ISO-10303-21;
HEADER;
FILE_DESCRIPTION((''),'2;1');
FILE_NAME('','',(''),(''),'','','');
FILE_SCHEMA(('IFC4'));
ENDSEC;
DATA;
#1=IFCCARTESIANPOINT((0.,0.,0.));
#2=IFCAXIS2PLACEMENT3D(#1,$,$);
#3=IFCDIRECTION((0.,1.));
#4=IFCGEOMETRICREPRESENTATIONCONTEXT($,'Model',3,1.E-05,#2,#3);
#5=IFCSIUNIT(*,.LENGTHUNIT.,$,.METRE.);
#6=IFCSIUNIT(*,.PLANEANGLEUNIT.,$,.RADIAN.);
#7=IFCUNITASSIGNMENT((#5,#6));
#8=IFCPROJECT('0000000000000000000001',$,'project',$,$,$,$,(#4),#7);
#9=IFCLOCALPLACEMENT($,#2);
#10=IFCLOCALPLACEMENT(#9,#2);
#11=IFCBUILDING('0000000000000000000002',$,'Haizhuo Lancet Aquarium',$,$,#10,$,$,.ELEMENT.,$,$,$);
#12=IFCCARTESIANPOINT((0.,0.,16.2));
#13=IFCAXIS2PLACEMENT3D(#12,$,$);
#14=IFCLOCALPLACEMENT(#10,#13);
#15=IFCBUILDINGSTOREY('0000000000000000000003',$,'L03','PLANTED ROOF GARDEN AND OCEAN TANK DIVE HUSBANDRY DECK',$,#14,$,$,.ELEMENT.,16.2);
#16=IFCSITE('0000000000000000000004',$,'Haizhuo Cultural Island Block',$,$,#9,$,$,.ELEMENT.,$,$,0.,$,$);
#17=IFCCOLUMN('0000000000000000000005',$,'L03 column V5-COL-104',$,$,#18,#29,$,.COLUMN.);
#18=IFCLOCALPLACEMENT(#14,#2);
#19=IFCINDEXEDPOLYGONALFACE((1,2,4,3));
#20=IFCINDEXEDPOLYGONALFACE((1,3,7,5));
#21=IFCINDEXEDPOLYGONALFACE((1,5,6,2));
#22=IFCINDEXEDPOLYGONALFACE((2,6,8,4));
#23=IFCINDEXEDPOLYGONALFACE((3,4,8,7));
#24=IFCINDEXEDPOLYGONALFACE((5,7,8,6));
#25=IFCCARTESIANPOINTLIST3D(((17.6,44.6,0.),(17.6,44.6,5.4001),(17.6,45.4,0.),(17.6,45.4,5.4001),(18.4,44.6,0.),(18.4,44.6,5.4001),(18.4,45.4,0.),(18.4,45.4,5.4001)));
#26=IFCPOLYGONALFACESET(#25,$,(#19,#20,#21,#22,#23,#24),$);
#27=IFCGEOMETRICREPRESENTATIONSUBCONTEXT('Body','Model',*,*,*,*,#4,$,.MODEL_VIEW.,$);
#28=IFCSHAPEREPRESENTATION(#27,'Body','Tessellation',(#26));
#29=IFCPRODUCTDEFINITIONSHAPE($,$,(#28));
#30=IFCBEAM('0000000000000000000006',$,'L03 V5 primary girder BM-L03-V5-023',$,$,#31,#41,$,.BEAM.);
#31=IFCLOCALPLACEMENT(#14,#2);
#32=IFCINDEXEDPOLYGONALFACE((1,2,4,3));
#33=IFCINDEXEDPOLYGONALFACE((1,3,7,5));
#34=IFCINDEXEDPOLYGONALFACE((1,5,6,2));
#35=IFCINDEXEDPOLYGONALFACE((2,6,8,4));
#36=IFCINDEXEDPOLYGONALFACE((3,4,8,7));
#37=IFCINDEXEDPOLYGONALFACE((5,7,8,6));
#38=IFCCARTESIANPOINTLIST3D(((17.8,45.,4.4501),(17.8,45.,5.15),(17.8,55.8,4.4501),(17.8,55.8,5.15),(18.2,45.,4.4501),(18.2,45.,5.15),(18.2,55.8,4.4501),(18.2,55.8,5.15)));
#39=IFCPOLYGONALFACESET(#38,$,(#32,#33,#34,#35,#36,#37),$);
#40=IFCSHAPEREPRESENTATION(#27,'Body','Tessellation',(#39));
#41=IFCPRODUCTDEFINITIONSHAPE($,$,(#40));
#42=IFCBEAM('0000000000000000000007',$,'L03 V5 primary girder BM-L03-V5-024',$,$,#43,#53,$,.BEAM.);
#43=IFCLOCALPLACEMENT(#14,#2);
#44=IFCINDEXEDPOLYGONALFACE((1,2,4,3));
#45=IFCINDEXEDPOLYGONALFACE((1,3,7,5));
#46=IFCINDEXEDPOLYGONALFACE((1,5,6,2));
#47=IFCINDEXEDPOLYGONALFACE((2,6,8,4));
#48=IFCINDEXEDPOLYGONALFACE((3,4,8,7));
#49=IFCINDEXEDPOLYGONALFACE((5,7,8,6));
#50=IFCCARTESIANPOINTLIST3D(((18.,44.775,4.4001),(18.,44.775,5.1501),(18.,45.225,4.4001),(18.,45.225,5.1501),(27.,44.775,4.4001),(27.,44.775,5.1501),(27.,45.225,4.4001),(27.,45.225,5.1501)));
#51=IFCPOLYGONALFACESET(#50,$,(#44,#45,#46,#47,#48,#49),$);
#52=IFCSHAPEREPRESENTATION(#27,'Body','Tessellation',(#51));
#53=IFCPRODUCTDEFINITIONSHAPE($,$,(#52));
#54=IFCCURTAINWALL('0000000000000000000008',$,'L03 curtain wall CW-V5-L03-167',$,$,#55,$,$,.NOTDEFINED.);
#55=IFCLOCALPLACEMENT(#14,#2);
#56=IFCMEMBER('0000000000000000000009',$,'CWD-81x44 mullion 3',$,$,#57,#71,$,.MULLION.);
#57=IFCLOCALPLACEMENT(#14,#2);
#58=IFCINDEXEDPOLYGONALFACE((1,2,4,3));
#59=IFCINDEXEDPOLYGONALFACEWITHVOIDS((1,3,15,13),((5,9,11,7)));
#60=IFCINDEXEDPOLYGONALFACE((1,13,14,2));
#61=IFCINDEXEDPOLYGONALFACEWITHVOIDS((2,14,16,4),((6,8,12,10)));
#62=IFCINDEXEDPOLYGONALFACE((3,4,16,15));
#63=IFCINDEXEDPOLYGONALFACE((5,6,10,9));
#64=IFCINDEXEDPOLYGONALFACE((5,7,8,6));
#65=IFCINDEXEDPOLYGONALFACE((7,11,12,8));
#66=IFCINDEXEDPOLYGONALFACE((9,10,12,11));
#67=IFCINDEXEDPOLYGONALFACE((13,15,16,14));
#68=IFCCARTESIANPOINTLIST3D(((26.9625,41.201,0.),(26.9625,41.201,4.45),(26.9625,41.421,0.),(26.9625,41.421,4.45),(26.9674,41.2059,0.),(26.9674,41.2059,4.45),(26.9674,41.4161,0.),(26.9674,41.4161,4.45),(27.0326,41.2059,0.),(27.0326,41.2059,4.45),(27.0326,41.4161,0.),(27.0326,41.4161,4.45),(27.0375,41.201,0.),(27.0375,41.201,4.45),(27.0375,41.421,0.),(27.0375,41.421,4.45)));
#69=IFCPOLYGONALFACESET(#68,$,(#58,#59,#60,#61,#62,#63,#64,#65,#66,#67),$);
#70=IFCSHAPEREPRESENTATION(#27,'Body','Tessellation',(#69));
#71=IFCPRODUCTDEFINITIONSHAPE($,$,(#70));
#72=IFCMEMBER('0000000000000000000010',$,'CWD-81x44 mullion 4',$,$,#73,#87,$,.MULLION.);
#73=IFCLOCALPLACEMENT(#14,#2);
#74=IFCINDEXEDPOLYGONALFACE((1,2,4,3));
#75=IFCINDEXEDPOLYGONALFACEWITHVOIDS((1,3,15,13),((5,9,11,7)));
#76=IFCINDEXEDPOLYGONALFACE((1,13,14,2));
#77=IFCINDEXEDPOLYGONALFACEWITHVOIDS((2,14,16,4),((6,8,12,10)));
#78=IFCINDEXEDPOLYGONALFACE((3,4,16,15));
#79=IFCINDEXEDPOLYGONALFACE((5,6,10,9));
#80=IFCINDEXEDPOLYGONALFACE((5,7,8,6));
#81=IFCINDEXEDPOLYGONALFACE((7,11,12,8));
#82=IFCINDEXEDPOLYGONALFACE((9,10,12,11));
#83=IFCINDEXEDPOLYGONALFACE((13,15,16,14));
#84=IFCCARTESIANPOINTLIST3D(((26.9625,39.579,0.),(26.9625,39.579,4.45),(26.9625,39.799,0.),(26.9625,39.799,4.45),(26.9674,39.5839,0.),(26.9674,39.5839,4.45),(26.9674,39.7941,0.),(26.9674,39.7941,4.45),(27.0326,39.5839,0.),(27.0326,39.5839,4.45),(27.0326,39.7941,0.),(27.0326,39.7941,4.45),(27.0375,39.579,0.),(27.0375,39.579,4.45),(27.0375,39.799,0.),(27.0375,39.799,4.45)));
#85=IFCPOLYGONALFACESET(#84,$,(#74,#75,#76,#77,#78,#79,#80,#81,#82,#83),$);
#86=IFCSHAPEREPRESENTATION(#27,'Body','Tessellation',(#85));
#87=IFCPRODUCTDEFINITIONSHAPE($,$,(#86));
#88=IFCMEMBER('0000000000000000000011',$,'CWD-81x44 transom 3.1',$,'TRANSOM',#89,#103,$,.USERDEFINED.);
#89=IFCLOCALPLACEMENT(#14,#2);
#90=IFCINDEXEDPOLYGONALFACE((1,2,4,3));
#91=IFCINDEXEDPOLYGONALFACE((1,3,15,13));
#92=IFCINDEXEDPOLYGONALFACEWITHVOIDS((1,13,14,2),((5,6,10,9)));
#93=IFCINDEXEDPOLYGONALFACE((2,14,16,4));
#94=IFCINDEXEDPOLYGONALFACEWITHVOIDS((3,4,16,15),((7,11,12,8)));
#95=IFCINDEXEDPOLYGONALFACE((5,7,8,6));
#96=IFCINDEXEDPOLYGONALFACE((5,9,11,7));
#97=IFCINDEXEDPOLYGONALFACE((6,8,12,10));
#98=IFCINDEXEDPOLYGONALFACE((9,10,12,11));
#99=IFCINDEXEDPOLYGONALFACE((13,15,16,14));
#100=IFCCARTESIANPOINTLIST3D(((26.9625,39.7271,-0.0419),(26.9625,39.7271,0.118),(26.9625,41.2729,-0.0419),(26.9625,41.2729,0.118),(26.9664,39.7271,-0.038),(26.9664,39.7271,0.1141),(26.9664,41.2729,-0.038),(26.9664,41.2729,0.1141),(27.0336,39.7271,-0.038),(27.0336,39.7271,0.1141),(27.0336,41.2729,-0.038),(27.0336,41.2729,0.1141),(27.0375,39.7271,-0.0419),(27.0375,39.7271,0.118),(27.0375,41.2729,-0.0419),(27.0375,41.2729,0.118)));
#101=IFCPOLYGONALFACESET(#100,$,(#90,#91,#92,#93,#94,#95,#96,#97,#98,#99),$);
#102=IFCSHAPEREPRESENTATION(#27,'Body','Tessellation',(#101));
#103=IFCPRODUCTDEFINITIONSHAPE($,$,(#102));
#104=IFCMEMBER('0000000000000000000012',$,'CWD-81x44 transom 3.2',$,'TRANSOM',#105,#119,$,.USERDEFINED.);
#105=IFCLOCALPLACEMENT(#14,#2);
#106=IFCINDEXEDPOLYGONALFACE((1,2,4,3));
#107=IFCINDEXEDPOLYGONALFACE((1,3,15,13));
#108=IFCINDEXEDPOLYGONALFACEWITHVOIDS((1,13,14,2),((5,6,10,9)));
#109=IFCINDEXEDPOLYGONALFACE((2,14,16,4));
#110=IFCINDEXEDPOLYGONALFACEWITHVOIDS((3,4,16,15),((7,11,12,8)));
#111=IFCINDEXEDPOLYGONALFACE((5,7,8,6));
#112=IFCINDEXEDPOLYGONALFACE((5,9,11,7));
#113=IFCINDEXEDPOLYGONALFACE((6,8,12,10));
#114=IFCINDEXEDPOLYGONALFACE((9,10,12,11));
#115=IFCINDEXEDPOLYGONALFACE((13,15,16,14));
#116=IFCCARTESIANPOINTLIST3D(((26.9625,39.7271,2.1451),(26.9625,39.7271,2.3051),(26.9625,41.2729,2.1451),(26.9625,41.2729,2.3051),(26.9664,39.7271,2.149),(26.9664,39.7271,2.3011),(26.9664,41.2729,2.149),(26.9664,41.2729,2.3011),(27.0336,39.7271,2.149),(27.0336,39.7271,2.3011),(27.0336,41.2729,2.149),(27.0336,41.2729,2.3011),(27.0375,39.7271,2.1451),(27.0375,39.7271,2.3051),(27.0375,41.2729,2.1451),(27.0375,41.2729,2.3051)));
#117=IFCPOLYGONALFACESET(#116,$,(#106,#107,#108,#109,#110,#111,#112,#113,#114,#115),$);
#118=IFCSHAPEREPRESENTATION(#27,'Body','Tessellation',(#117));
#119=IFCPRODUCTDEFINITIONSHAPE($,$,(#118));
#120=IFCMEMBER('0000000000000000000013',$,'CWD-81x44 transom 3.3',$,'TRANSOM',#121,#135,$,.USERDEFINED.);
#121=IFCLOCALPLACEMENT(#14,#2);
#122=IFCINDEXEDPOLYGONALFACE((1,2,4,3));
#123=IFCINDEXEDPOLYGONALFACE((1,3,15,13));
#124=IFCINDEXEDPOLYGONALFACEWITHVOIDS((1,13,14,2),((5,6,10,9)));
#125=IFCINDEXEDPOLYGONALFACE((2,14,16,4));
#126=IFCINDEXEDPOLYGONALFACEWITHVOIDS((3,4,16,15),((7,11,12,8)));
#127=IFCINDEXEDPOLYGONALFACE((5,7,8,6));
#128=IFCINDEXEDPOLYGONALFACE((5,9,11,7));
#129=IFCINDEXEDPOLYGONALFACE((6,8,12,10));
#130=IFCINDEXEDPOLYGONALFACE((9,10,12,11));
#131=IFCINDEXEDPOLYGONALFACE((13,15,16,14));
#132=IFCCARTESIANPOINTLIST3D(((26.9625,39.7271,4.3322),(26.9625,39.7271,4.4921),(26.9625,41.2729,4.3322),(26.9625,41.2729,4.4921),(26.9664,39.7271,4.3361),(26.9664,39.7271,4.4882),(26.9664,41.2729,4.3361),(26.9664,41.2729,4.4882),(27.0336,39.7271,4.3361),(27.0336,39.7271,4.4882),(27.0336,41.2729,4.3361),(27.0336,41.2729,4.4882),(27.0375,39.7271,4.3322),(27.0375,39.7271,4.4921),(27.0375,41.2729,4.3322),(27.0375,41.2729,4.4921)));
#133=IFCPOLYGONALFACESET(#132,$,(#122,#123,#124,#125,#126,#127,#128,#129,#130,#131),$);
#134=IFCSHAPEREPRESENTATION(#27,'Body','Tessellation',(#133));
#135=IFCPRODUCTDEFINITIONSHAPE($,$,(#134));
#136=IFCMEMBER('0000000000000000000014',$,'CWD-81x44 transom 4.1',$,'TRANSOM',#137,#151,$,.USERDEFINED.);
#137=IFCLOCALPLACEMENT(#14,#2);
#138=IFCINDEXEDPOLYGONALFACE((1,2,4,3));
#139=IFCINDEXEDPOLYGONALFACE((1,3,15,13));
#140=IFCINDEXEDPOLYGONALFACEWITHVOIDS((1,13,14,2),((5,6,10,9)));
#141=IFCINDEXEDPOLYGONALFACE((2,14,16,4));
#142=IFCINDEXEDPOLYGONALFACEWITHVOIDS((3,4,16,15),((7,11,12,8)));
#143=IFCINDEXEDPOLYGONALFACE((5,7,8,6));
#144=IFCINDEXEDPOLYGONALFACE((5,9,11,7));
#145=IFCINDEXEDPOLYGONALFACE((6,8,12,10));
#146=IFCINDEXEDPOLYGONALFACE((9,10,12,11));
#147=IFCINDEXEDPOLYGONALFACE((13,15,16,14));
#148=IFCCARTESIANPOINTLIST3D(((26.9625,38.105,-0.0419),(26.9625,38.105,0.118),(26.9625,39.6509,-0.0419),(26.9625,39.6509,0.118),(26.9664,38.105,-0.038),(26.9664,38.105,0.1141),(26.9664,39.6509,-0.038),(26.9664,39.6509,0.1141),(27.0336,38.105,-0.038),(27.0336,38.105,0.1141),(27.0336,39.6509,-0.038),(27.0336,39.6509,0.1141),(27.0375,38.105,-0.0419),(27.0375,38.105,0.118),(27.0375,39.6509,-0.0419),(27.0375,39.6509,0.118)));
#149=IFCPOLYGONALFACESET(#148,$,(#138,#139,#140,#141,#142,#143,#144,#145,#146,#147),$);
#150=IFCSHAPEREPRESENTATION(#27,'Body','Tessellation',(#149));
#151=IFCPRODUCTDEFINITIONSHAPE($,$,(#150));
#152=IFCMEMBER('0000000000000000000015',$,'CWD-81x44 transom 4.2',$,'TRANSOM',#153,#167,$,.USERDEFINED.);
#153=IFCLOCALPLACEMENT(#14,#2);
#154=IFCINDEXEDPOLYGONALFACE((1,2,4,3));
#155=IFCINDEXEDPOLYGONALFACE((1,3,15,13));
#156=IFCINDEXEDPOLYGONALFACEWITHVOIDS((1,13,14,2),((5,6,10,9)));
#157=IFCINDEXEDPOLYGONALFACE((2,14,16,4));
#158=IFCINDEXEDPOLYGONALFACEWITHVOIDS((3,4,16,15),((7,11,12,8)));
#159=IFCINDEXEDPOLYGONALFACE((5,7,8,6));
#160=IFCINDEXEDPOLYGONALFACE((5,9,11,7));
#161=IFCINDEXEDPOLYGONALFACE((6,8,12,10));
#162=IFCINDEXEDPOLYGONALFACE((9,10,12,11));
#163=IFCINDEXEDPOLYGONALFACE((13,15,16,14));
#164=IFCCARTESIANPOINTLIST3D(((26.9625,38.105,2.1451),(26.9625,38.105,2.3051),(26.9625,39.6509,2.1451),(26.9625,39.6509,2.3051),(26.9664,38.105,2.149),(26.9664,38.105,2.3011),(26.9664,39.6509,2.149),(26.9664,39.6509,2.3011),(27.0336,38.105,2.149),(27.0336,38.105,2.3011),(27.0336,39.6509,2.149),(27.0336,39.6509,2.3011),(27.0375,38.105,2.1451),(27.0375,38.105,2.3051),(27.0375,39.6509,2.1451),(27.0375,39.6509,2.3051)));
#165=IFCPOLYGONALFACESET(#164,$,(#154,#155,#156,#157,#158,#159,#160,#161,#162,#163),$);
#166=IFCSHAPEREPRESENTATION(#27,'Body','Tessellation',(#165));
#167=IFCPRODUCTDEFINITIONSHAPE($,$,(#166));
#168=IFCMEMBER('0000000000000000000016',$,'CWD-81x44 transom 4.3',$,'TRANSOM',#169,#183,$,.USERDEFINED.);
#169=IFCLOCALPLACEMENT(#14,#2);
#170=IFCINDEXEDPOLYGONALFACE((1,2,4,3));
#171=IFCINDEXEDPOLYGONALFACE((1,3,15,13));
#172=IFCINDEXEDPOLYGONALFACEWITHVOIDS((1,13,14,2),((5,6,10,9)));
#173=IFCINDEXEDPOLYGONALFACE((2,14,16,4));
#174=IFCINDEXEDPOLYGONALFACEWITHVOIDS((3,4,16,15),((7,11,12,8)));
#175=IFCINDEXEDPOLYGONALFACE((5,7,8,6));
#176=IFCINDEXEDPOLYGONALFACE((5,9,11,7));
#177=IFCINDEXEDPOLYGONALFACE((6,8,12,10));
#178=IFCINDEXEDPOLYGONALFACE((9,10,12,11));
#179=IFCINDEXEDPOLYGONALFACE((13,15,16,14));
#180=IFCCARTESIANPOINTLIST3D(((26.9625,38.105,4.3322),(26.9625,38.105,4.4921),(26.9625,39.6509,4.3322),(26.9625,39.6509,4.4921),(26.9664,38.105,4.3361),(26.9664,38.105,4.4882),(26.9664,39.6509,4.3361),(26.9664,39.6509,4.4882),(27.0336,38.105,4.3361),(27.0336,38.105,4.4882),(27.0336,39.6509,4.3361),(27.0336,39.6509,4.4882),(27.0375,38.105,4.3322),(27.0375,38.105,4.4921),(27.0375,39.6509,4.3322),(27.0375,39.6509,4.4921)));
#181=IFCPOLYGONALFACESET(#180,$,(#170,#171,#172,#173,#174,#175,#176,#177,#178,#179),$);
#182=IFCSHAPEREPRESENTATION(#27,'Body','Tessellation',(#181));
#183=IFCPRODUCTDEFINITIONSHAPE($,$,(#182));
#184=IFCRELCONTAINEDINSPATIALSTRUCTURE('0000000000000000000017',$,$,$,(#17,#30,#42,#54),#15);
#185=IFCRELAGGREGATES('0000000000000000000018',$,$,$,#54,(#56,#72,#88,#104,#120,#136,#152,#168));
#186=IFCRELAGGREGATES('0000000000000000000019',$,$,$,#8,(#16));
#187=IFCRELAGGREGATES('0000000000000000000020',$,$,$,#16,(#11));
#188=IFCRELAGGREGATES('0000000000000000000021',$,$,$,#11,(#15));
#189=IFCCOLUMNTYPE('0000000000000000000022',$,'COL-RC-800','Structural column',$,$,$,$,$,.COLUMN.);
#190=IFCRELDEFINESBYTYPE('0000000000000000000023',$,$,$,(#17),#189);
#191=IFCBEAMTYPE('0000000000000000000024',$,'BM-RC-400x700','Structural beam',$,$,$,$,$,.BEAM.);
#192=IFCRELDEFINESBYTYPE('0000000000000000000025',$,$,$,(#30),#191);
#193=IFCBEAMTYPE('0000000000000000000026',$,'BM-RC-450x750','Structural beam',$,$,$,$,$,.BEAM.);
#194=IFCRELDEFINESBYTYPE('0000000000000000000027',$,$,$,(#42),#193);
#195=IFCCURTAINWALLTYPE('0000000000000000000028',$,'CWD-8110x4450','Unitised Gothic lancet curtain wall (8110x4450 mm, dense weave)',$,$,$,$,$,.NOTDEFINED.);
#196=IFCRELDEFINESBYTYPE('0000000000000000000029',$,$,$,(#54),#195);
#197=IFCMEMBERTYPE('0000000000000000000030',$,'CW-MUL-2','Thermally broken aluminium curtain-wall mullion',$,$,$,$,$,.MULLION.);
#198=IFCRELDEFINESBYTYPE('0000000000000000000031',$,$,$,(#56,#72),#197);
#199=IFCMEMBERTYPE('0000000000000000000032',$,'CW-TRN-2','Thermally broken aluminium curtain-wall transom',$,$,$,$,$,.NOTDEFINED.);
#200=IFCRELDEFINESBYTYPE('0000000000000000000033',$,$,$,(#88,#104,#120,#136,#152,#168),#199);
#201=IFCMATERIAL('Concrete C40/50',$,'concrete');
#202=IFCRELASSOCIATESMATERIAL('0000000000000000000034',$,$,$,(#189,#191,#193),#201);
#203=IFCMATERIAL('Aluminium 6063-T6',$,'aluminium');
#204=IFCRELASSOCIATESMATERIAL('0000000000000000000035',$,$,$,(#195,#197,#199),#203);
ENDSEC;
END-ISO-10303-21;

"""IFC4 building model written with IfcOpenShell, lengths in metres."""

from ifc_helpers import new_model, si_unit, direction, frame, origin, origin_2d, place, context, subcontext, project, spatial, rectangle, hollow_rectangle, extrude, material, material_profile, profile_set, type_object, element, aggregate, save


model = new_model("IFC4")

# Units and contexts
model_context = context("Model", 3, precision=1e-05, world=origin(), true_north=direction((0.0, 1.0)))
body_context = subcontext(model_context, "Body", "Model", "MODEL_VIEW")
ifc_project = project(units=[si_unit("LENGTHUNIT", "METRE"), si_unit("PLANEANGLEUNIT", "RADIAN")], contexts=[model_context])

# Site, building, storey
site_placement = place(None, origin())
site = spatial("IfcSite", under=ifc_project, at=site_placement, Name="Haizhuo Cultural Island Block", CompositionType="ELEMENT", RefElevation=0.0)
building_placement = place(site_placement, origin())
building = spatial("IfcBuilding", under=site, at=building_placement, Name="Haizhuo Lancet Aquarium", CompositionType="ELEMENT")
storey_placement = place(building_placement, frame((0.0, 0.0, 16.2)))
storey = spatial("IfcBuildingStorey", under=building, at=storey_placement, Name="L03", Description="PLANTED ROOF GARDEN AND OCEAN TANK DIVE HUSBANDRY DECK", CompositionType="ELEMENT", Elevation=16.2)

# Column
ifc_material_1 = material(Name="Concrete C40/50", Category="concrete")
ifc_material_profile_1 = material_profile(ifc_material_1, rectangle(XDim=0.8, YDim=0.8, at=origin_2d()), Name="RC-COL 800x800")
ifc_profile_set_1 = profile_set([ifc_material_profile_1], Name="Concrete C40/50")
column_type = type_object("IfcColumnType", Name="COL-RC-800", Description="Structural column", PredefinedType="COLUMN", material=ifc_profile_set_1)
column_placement = place(storey_placement, frame((18.0, 45.0, 0.0), z_axis=(0.0, 0.0, 1.0), x_axis=(1.0, 0.0, 0.0)))
element("IfcColumn", 1, at=column_placement, inside=storey, type_object=column_type, Name="L03 column V5-COL-104", PredefinedType="COLUMN", context=body_context, shape_type="SweptSolid", body=[
    extrude(rectangle(XDim=0.8, YDim=0.8, at=origin_2d()), origin(), (0.0, 0.0, 1.0), 5.4001),
])

# Beams
ifc_material_profile_2 = material_profile(ifc_material_1, rectangle(XDim=0.3999, YDim=0.7, at=origin_2d()), Name="RC-BM 400x700")
ifc_profile_set_2 = profile_set([ifc_material_profile_2], Name="Concrete C40/50")
beam_type_1 = type_object("IfcBeamType", Name="BM-RC-400x700", Description="Structural beam", PredefinedType="BEAM", material=ifc_profile_set_2)
beam_1_placement = place(storey_placement, frame((18.0, 45.0, 4.8), z_axis=(0.0, 1.0, 0.0), x_axis=(-1.0, 0.0, 0.0)))
element("IfcBeam", 2, at=beam_1_placement, inside=storey, type_object=beam_type_1, Name="L03 V5 primary girder BM-L03-V5-023", PredefinedType="BEAM", context=body_context, shape_type="SweptSolid", body=[
    extrude(rectangle(XDim=0.3999, YDim=0.7, at=origin_2d()), origin(), (0.0, 0.0, 1.0), 10.8),
])
ifc_material_profile_3 = material_profile(ifc_material_1, rectangle(XDim=0.45, YDim=0.75, at=origin_2d()), Name="RC-BM 450x750")
ifc_profile_set_3 = profile_set([ifc_material_profile_3], Name="Concrete C40/50")
beam_type_2 = type_object("IfcBeamType", Name="BM-RC-450x750", Description="Structural beam", PredefinedType="BEAM", material=ifc_profile_set_3)
beam_2_placement = place(storey_placement, frame((18.0, 45.0, 4.7751), z_axis=(1.0, 0.0, 0.0), x_axis=(0.0, 1.0, 0.0)))
element("IfcBeam", 3, at=beam_2_placement, inside=storey, type_object=beam_type_2, Name="L03 V5 primary girder BM-L03-V5-024", PredefinedType="BEAM", context=body_context, shape_type="SweptSolid", body=[
    extrude(rectangle(XDim=0.45, YDim=0.75, at=origin_2d()), origin(), (0.0, 0.0, 1.0), 9.0),
])

# Curtain wall, members
ifc_material_2 = material(Name="Aluminium 6063-T6", Category="aluminium")
curtain_wall_type = type_object("IfcCurtainWallType", Name="CWD-8110x4450", Description="Unitised Gothic lancet curtain wall (8110x4450 mm, dense weave)", PredefinedType="NOTDEFINED", material=ifc_material_2)
curtain_wall_placement = place(storey_placement, origin())
curtain_wall = element("IfcCurtainWall", 4, at=curtain_wall_placement, inside=storey, type_object=curtain_wall_type, Name="L03 curtain wall CW-V5-L03-167", PredefinedType="NOTDEFINED")
ifc_material_profile_4 = material_profile(ifc_material_2, hollow_rectangle(XDim=0.075, YDim=0.22, WallThickness=0.0049, at=origin_2d()), Name="ALU-M 75x220x5")
ifc_profile_set_4 = profile_set([ifc_material_profile_4], Name="Aluminium 6063-T6")
member_type_1 = type_object("IfcMemberType", Name="CW-MUL-2", Description="Thermally broken aluminium curtain-wall mullion", PredefinedType="MULLION", material=ifc_profile_set_4)
member_1_placement = place(storey_placement, frame((27.0, 41.311, 0.0), z_axis=(0.0, 0.0, 1.0), x_axis=(1.0, 0.0, 0.0)))
member_1 = element("IfcMember", 5, at=member_1_placement, type_object=member_type_1, Name="CWD-81x44 mullion 3", PredefinedType="MULLION", context=body_context, shape_type="SweptSolid", body=[
    extrude(hollow_rectangle(XDim=0.075, YDim=0.22, WallThickness=0.0049, at=origin_2d()), origin(), (0.0, 0.0, 1.0), 4.45),
])
member_2_placement = place(storey_placement, frame((27.0, 39.689, 0.0), z_axis=(0.0, 0.0, 1.0), x_axis=(1.0, 0.0, 0.0)))
member_2 = element("IfcMember", 6, at=member_2_placement, type_object=member_type_1, Name="CWD-81x44 mullion 4", PredefinedType="MULLION", context=body_context, shape_type="SweptSolid", body=[
    extrude(hollow_rectangle(XDim=0.075, YDim=0.22, WallThickness=0.0049, at=origin_2d()), origin(), (0.0, 0.0, 1.0), 4.45),
])
ifc_material_profile_5 = material_profile(ifc_material_2, hollow_rectangle(XDim=0.075, YDim=0.1599, WallThickness=0.0039, at=origin_2d()), Name="ALU-T 75x160x4")
ifc_profile_set_5 = profile_set([ifc_material_profile_5], Name="Aluminium 6063-T6")
member_type_2 = type_object("IfcMemberType", Name="CW-TRN-2", Description="Thermally broken aluminium curtain-wall transom", PredefinedType="NOTDEFINED", material=ifc_profile_set_5)
member_3_placement = place(storey_placement, frame((27.0, 41.2729, 0.0381), z_axis=(0.0, -1.0, 0.0), x_axis=(1.0, 0.0, 0.0)))
member_3 = element("IfcMember", 7, at=member_3_placement, type_object=member_type_2, Name="CWD-81x44 transom 3.1", ObjectType="TRANSOM", PredefinedType="USERDEFINED", context=body_context, shape_type="SweptSolid", body=[
    extrude(hollow_rectangle(XDim=0.075, YDim=0.1599, WallThickness=0.0039, at=origin_2d()), origin(), (0.0, 0.0, 1.0), 1.5459),
])
member_4_placement = place(storey_placement, frame((27.0, 41.2729, 2.2251), z_axis=(0.0, -1.0, 0.0), x_axis=(1.0, 0.0, 0.0)))
member_4 = element("IfcMember", 8, at=member_4_placement, type_object=member_type_2, Name="CWD-81x44 transom 3.2", ObjectType="TRANSOM", PredefinedType="USERDEFINED", context=body_context, shape_type="SweptSolid", body=[
    extrude(hollow_rectangle(XDim=0.075, YDim=0.1599, WallThickness=0.0039, at=origin_2d()), origin(), (0.0, 0.0, 1.0), 1.5459),
])
member_5_placement = place(storey_placement, frame((27.0, 41.2729, 4.4121), z_axis=(0.0, -1.0, 0.0), x_axis=(1.0, 0.0, 0.0)))
member_5 = element("IfcMember", 9, at=member_5_placement, type_object=member_type_2, Name="CWD-81x44 transom 3.3", ObjectType="TRANSOM", PredefinedType="USERDEFINED", context=body_context, shape_type="SweptSolid", body=[
    extrude(hollow_rectangle(XDim=0.075, YDim=0.1599, WallThickness=0.0039, at=origin_2d()), origin(), (0.0, 0.0, 1.0), 1.5459),
])
member_6_placement = place(storey_placement, frame((27.0, 39.6509, 0.0381), z_axis=(0.0, -1.0, 0.0), x_axis=(1.0, 0.0, 0.0)))
member_6 = element("IfcMember", 10, at=member_6_placement, type_object=member_type_2, Name="CWD-81x44 transom 4.1", ObjectType="TRANSOM", PredefinedType="USERDEFINED", context=body_context, shape_type="SweptSolid", body=[
    extrude(hollow_rectangle(XDim=0.075, YDim=0.1599, WallThickness=0.0039, at=origin_2d()), origin(), (0.0, 0.0, 1.0), 1.5459),
])
member_7_placement = place(storey_placement, frame((27.0, 39.6509, 2.2251), z_axis=(0.0, -1.0, 0.0), x_axis=(1.0, 0.0, 0.0)))
member_7 = element("IfcMember", 11, at=member_7_placement, type_object=member_type_2, Name="CWD-81x44 transom 4.2", ObjectType="TRANSOM", PredefinedType="USERDEFINED", context=body_context, shape_type="SweptSolid", body=[
    extrude(hollow_rectangle(XDim=0.075, YDim=0.1599, WallThickness=0.0039, at=origin_2d()), origin(), (0.0, 0.0, 1.0), 1.5459),
])
member_8_placement = place(storey_placement, frame((27.0, 39.6509, 4.4121), z_axis=(0.0, -1.0, 0.0), x_axis=(1.0, 0.0, 0.0)))
member_8 = element("IfcMember", 12, at=member_8_placement, type_object=member_type_2, Name="CWD-81x44 transom 4.3", ObjectType="TRANSOM", PredefinedType="USERDEFINED", context=body_context, shape_type="SweptSolid", body=[
    extrude(hollow_rectangle(XDim=0.075, YDim=0.1599, WallThickness=0.0039, at=origin_2d()), origin(), (0.0, 0.0, 1.0), 1.5459),
])

aggregate(curtain_wall, [member_1, member_2, member_3, member_4, member_5, member_6, member_7, member_8])

save(model, "model.ifc")
